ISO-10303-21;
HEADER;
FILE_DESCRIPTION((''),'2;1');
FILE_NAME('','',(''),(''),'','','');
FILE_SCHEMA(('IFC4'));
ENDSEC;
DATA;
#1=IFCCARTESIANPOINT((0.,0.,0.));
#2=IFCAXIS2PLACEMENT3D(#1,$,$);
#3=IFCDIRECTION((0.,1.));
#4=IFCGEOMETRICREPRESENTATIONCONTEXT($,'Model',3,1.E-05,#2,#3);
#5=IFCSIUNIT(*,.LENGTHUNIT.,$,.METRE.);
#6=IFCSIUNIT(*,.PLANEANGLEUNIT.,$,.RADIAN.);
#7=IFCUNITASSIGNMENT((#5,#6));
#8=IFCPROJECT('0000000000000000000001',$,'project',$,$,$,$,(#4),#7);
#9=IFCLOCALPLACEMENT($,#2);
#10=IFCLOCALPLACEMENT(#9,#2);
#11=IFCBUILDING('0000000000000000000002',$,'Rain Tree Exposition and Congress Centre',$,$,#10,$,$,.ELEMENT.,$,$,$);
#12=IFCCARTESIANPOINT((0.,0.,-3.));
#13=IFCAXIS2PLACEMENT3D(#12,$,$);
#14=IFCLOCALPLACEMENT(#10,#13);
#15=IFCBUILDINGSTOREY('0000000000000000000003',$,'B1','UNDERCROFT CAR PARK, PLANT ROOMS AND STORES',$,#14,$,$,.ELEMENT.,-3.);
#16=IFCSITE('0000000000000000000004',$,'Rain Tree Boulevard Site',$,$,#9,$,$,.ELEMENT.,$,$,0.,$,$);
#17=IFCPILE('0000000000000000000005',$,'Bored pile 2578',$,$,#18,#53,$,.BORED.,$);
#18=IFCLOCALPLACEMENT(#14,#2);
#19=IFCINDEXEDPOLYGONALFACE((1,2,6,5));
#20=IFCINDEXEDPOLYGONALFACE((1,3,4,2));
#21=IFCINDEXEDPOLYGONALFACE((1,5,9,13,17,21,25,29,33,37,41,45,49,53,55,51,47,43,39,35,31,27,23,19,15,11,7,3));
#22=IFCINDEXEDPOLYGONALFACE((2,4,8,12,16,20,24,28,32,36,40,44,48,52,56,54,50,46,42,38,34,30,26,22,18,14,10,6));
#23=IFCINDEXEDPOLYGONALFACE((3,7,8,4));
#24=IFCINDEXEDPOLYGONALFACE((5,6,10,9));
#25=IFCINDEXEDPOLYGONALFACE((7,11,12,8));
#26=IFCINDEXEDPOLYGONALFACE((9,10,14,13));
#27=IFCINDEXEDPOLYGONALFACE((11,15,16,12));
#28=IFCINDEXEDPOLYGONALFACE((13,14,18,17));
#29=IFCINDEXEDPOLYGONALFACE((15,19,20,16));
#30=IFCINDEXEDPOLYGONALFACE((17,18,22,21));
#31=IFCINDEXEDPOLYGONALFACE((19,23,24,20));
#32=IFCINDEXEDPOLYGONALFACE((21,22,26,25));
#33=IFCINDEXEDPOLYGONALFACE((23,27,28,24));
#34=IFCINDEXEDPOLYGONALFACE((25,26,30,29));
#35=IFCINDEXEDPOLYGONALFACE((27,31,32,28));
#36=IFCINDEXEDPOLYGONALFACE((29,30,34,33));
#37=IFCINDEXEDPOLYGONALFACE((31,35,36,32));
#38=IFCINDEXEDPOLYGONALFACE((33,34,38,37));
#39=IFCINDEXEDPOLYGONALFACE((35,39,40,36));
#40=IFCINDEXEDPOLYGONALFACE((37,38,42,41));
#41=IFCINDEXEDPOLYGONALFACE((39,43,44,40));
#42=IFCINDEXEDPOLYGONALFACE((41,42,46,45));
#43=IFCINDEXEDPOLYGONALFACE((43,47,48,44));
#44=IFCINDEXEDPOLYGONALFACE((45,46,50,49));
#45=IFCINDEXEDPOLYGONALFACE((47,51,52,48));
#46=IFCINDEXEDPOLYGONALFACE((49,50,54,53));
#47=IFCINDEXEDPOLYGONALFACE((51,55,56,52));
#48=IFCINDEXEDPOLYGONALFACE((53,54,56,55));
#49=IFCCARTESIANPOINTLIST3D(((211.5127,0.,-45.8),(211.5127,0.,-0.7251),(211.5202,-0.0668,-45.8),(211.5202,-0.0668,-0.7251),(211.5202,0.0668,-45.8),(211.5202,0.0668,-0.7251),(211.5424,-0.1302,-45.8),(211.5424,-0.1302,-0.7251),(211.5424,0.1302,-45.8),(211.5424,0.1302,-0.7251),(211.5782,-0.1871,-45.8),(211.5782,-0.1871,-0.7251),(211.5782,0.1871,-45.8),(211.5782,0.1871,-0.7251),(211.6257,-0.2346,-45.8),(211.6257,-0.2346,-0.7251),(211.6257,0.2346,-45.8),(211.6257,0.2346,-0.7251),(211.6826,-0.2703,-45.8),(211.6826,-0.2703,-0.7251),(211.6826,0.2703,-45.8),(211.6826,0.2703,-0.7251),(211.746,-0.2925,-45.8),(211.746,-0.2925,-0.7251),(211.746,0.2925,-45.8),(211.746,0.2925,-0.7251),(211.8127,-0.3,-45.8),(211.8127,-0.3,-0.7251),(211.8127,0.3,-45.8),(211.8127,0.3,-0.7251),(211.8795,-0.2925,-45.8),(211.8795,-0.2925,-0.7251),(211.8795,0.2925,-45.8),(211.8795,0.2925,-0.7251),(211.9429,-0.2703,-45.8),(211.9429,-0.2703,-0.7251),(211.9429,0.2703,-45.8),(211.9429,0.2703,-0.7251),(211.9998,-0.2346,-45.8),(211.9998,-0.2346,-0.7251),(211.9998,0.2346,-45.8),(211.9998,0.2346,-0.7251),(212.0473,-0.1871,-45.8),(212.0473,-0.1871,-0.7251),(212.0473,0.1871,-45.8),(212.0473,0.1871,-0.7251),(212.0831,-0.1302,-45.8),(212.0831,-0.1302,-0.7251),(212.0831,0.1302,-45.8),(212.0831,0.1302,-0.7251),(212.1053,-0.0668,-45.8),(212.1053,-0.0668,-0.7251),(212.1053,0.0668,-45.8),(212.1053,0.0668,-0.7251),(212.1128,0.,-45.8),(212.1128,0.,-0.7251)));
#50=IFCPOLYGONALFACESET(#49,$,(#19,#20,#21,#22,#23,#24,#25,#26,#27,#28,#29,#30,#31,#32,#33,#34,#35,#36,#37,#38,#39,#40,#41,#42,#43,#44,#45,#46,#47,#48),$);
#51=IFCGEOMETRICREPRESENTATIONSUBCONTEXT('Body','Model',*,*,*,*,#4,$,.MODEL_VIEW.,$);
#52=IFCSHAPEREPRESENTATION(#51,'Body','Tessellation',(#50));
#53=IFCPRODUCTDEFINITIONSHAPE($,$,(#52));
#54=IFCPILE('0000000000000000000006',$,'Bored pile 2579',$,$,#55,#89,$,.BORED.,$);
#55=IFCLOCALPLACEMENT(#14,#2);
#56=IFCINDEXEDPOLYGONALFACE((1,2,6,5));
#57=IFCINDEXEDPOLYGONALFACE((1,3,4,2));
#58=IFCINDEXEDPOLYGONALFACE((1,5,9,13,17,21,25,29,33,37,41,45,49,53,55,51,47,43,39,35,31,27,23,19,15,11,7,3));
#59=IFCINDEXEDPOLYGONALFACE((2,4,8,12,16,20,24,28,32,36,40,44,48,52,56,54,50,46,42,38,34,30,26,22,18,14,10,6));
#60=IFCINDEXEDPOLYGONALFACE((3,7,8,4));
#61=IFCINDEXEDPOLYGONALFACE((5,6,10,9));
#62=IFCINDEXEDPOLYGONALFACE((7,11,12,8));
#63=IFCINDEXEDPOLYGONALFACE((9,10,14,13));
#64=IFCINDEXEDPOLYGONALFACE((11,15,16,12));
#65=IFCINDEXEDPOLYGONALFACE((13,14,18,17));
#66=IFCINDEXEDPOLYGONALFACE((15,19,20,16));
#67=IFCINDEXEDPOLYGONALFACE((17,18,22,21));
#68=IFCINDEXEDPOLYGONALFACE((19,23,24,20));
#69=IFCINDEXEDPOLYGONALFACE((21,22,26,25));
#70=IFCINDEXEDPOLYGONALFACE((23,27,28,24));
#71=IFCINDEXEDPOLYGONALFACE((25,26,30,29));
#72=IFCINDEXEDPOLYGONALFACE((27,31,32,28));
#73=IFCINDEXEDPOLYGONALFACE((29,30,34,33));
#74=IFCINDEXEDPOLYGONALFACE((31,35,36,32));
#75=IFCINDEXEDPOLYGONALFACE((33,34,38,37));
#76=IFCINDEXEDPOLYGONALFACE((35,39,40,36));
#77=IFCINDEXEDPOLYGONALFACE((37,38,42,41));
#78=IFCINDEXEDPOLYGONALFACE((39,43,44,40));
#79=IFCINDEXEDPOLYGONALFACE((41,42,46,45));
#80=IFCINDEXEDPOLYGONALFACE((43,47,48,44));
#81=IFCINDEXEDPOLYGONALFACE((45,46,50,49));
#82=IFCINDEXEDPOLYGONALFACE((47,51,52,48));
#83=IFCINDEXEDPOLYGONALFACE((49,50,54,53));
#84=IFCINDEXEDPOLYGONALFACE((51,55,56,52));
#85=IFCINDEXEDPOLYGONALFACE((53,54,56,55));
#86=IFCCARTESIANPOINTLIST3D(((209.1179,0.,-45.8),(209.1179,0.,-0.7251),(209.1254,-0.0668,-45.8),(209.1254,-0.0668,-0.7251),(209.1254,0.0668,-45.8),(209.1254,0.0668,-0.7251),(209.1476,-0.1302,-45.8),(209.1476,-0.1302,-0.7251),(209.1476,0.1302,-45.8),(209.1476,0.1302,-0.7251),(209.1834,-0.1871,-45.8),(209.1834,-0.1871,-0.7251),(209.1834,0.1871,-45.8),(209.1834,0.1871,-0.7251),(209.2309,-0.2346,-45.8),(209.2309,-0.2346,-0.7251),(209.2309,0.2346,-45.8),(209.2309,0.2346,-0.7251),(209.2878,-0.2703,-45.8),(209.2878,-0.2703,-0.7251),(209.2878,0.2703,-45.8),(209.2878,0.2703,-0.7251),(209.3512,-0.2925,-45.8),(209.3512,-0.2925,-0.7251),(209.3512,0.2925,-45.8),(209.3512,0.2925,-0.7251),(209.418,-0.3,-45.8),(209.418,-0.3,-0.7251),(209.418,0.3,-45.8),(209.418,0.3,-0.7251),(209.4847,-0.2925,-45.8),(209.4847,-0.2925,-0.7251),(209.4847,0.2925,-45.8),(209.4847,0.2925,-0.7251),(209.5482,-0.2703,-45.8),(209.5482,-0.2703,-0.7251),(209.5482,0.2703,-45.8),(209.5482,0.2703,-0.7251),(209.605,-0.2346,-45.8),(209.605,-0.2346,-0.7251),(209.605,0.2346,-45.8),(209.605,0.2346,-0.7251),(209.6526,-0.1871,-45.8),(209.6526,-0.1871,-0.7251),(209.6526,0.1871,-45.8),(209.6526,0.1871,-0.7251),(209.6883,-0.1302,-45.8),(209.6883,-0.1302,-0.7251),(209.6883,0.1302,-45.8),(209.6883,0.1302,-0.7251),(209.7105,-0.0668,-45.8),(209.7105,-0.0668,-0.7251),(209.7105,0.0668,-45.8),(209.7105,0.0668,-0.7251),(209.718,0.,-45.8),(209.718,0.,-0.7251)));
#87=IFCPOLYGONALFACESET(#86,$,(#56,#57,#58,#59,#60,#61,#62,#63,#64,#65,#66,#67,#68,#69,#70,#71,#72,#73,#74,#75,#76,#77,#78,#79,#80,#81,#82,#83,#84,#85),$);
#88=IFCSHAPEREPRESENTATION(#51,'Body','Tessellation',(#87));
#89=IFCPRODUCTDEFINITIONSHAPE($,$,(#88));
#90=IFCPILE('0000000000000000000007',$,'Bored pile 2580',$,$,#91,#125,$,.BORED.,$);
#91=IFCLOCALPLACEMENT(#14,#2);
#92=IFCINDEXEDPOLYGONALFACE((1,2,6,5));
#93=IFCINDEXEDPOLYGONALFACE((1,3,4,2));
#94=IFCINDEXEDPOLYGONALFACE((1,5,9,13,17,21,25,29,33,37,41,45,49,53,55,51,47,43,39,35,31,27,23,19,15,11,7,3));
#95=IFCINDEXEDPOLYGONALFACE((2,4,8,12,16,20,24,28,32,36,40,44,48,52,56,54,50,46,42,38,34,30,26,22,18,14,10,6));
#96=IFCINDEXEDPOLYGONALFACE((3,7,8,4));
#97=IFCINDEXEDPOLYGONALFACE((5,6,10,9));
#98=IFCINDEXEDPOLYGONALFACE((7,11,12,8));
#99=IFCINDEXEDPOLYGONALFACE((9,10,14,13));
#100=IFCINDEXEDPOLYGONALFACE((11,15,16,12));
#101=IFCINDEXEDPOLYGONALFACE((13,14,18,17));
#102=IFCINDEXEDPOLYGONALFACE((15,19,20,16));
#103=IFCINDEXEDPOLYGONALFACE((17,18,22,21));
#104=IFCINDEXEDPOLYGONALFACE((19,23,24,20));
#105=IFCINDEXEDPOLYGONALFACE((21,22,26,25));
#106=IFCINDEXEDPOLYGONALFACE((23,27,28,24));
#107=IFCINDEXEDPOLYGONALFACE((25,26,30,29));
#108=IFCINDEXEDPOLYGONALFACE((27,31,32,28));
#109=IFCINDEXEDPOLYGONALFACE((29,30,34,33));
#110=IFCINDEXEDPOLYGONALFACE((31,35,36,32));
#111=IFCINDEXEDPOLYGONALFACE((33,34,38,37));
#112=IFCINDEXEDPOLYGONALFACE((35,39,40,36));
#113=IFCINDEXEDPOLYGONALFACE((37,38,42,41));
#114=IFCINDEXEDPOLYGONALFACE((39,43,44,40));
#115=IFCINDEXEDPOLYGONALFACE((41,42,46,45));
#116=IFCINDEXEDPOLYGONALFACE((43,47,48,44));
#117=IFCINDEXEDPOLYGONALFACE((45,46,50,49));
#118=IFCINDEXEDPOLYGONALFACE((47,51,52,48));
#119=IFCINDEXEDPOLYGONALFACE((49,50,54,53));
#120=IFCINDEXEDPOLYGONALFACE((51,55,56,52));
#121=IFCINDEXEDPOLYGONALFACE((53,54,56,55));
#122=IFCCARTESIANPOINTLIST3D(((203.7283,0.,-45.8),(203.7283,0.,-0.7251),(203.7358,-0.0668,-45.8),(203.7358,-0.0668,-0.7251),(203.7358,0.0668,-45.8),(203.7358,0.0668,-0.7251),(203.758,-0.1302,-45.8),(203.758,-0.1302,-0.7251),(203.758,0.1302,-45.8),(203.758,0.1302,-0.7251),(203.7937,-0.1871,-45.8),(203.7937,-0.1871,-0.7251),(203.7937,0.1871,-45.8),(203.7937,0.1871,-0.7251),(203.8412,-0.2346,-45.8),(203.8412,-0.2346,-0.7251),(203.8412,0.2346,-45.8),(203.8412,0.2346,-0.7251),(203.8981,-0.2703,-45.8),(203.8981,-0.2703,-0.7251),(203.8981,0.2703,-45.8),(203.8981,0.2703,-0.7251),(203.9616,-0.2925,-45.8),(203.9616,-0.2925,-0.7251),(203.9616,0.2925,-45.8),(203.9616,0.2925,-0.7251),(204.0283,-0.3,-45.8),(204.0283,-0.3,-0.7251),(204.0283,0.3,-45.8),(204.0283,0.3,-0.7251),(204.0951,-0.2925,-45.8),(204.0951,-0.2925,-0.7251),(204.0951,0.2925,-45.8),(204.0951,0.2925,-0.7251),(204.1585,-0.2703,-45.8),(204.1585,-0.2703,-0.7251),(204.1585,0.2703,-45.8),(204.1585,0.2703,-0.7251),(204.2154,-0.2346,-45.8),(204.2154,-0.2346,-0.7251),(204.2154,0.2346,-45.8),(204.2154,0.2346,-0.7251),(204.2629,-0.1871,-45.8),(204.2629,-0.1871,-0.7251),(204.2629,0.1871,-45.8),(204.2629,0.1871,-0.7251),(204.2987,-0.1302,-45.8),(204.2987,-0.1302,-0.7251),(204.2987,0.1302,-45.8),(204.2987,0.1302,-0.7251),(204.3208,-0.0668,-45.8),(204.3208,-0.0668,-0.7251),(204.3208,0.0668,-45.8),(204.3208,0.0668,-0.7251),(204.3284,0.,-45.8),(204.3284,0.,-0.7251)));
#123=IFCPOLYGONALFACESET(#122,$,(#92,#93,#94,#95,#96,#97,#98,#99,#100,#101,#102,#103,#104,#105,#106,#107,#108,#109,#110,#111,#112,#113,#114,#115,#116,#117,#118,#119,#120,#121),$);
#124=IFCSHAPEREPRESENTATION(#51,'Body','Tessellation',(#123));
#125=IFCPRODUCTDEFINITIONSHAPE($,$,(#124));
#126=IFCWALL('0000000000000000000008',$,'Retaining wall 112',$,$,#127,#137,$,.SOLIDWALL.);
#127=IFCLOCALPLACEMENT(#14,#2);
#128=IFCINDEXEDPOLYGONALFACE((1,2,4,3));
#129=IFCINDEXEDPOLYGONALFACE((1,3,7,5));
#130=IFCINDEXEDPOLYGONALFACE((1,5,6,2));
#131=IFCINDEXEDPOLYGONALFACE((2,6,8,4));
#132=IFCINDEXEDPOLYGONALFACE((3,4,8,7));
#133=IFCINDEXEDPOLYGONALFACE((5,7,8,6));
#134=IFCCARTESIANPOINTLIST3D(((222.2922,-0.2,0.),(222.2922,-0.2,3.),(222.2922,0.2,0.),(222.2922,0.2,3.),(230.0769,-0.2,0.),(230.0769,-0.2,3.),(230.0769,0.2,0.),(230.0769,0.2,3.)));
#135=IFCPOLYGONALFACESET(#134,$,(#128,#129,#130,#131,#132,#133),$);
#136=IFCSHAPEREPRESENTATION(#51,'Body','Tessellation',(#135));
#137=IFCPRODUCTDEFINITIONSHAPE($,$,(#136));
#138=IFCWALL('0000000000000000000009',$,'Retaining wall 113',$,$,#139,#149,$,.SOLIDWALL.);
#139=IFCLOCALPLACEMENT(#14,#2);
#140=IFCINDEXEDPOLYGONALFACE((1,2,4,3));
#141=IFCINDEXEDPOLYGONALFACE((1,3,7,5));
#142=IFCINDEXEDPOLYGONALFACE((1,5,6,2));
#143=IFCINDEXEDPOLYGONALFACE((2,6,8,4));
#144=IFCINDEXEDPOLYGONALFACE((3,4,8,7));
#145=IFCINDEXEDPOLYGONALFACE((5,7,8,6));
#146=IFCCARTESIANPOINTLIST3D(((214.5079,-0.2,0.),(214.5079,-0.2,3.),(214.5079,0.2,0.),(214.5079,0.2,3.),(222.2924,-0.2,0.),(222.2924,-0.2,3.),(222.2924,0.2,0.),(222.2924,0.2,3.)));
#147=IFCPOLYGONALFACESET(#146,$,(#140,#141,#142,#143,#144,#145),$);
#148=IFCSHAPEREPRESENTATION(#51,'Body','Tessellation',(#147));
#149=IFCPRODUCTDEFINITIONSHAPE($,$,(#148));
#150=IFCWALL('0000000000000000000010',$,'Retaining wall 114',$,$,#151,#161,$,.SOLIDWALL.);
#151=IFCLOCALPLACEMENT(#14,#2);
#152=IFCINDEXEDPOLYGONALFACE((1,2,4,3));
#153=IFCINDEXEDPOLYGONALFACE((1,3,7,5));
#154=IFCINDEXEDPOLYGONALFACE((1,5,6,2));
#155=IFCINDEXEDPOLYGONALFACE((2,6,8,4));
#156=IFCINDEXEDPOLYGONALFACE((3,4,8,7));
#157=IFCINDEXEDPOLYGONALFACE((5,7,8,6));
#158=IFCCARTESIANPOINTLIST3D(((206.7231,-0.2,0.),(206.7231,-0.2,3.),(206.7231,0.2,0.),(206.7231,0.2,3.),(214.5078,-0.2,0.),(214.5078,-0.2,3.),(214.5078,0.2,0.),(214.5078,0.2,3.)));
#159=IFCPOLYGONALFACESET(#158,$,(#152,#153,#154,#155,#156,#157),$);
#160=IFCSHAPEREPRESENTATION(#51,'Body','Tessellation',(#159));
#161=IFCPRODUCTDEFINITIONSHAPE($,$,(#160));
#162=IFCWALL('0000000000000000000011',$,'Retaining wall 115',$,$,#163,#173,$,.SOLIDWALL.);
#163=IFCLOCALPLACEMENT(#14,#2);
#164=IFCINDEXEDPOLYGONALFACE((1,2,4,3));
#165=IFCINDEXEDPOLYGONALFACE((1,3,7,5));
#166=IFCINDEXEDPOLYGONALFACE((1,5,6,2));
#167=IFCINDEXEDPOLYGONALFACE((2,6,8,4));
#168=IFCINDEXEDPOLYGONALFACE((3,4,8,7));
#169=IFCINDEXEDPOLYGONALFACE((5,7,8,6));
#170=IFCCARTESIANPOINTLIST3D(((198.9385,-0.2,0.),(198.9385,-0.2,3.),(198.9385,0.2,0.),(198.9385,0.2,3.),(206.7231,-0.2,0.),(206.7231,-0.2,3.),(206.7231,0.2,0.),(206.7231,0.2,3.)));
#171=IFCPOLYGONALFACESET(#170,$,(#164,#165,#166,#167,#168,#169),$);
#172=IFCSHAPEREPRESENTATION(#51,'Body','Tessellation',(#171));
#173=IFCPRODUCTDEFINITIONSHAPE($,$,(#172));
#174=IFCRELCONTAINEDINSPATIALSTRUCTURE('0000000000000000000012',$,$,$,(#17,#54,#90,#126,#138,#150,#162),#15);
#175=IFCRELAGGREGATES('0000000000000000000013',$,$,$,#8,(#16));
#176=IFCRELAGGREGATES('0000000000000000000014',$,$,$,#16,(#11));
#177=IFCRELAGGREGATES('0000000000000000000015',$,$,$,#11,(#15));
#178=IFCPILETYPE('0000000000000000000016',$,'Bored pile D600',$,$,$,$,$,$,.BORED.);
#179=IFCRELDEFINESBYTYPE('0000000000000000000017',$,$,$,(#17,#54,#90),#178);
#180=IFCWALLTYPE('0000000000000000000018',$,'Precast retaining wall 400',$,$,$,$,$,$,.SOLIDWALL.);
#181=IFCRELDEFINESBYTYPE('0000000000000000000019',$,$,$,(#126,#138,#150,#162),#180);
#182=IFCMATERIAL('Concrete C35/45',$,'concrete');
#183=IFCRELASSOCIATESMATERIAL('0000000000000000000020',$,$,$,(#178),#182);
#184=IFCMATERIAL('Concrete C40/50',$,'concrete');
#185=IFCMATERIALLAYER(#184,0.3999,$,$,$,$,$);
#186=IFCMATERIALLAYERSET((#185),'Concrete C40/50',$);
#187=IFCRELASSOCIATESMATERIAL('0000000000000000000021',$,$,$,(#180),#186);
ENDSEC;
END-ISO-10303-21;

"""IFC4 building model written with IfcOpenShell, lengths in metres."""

from ifc_helpers import new_model, si_unit, direction, frame, frame_2d, origin, origin_2d, place, context, subcontext, project, spatial, rectangle, circle, extrude, material, layer, layer_set, material_profile, profile_set, type_object, element, save


model = new_model("IFC4")

# Units and contexts
model_context = context("Model", 3, precision=1e-05, world=origin(), true_north=direction((0.0, 1.0)))
body_context = subcontext(model_context, "Body", "Model", "MODEL_VIEW")
ifc_project = project(units=[si_unit("LENGTHUNIT", "METRE"), si_unit("PLANEANGLEUNIT", "RADIAN")], contexts=[model_context])

# Site, building, storey
site_placement = place(None, origin())
site = spatial("IfcSite", under=ifc_project, at=site_placement, Name="Rain Tree Boulevard Site", CompositionType="ELEMENT", RefElevation=0.0)
building_placement = place(site_placement, origin())
building = spatial("IfcBuilding", under=site, at=building_placement, Name="Rain Tree Exposition and Congress Centre", CompositionType="ELEMENT")
storey_placement = place(building_placement, frame((0.0, 0.0, -3.0)))
storey = spatial("IfcBuildingStorey", under=building, at=storey_placement, Name="B1", Description="UNDERCROFT CAR PARK, PLANT ROOMS AND STORES", CompositionType="ELEMENT", Elevation=-3.0)

# Piles
ifc_material_1 = material(Name="Concrete C35/45", Category="concrete")
ifc_material_profile = material_profile(ifc_material_1, circle(Radius=0.3, at=origin_2d()), Name="D600")
ifc_profile_set = profile_set([ifc_material_profile], Name="Concrete C35/45")
pile_type = type_object("IfcPileType", Name="Bored pile D600", PredefinedType="BORED", material=ifc_profile_set)
for number, where, z_axis, x_axis, name in (
    (1, (211.8127, 0.0, -0.7251), (0.0, 0.0, -1.0), (1.0, 0.0, 0.0), "Bored pile 2578"),
    (2, (209.418, 0.0, -0.7251), (0.0, 0.0, -1.0), (1.0, 0.0, 0.0), "Bored pile 2579"),
    (3, (204.0283, 0.0, -0.7251), (0.0, 0.0, -1.0), (1.0, 0.0, 0.0), "Bored pile 2580"),
):
    element("IfcPile", number, at=place(storey_placement, frame(where, z_axis=z_axis, x_axis=x_axis)), inside=storey, type_object=pile_type, Name=name, PredefinedType="BORED", context=body_context, shape_type="SweptSolid", body=[
        extrude(circle(Radius=0.3, at=origin_2d()), origin(), (0.0, 0.0, 1.0), 45.075),
    ])

# Walls
ifc_material_2 = material(Name="Concrete C40/50", Category="concrete")
ifc_layer = layer(ifc_material_2, 0.3999)
ifc_layer_set = layer_set([ifc_layer], Name="Concrete C40/50")
wall_type = type_object("IfcWallType", Name="Precast retaining wall 400", PredefinedType="SOLIDWALL", material=ifc_layer_set)
wall_1_placement = place(storey_placement, frame((230.0769, 0.0, 0.0), z_axis=(0.0, 0.0, 1.0), x_axis=(-1.0, 0.0, 0.0)))
element("IfcWall", 4, at=wall_1_placement, inside=storey, type_object=wall_type, Name="Retaining wall 112", PredefinedType="SOLIDWALL", context=body_context, shape_type="SweptSolid", body=[
    extrude(rectangle(XDim=7.7847, YDim=0.3999, at=frame_2d((3.8923, 0.0))), origin(), (0.0, 0.0, 1.0), 3.0),
])
wall_2_placement = place(storey_placement, frame((222.2922, 0.0, 0.0), z_axis=(0.0, 0.0, 1.0), x_axis=(-1.0, 0.0, 0.0)))
element("IfcWall", 5, at=wall_2_placement, inside=storey, type_object=wall_type, Name="Retaining wall 113", PredefinedType="SOLIDWALL", context=body_context, shape_type="SweptSolid", body=[
    extrude(rectangle(XDim=7.7844, YDim=0.3999, at=frame_2d((3.8921, 0.0))), origin(), (0.0, 0.0, 1.0), 3.0),
])
for number, where, z_axis, x_axis, name in (
    (6, (214.5078, 0.0, 0.0), (0.0, 0.0, 1.0), (-1.0, 0.0, 0.0), "Retaining wall 114"),
    (7, (206.7231, 0.0, 0.0), (0.0, 0.0, 1.0), (-1.0, 0.0, 0.0), "Retaining wall 115"),
):
    element("IfcWall", number, at=place(storey_placement, frame(where, z_axis=z_axis, x_axis=x_axis)), inside=storey, type_object=wall_type, Name=name, PredefinedType="SOLIDWALL", context=body_context, shape_type="SweptSolid", body=[
        extrude(rectangle(XDim=7.7847, YDim=0.3999, at=frame_2d((3.8923, 0.0))), origin(), (0.0, 0.0, 1.0), 3.0),
    ])

save(model, "model.ifc")
